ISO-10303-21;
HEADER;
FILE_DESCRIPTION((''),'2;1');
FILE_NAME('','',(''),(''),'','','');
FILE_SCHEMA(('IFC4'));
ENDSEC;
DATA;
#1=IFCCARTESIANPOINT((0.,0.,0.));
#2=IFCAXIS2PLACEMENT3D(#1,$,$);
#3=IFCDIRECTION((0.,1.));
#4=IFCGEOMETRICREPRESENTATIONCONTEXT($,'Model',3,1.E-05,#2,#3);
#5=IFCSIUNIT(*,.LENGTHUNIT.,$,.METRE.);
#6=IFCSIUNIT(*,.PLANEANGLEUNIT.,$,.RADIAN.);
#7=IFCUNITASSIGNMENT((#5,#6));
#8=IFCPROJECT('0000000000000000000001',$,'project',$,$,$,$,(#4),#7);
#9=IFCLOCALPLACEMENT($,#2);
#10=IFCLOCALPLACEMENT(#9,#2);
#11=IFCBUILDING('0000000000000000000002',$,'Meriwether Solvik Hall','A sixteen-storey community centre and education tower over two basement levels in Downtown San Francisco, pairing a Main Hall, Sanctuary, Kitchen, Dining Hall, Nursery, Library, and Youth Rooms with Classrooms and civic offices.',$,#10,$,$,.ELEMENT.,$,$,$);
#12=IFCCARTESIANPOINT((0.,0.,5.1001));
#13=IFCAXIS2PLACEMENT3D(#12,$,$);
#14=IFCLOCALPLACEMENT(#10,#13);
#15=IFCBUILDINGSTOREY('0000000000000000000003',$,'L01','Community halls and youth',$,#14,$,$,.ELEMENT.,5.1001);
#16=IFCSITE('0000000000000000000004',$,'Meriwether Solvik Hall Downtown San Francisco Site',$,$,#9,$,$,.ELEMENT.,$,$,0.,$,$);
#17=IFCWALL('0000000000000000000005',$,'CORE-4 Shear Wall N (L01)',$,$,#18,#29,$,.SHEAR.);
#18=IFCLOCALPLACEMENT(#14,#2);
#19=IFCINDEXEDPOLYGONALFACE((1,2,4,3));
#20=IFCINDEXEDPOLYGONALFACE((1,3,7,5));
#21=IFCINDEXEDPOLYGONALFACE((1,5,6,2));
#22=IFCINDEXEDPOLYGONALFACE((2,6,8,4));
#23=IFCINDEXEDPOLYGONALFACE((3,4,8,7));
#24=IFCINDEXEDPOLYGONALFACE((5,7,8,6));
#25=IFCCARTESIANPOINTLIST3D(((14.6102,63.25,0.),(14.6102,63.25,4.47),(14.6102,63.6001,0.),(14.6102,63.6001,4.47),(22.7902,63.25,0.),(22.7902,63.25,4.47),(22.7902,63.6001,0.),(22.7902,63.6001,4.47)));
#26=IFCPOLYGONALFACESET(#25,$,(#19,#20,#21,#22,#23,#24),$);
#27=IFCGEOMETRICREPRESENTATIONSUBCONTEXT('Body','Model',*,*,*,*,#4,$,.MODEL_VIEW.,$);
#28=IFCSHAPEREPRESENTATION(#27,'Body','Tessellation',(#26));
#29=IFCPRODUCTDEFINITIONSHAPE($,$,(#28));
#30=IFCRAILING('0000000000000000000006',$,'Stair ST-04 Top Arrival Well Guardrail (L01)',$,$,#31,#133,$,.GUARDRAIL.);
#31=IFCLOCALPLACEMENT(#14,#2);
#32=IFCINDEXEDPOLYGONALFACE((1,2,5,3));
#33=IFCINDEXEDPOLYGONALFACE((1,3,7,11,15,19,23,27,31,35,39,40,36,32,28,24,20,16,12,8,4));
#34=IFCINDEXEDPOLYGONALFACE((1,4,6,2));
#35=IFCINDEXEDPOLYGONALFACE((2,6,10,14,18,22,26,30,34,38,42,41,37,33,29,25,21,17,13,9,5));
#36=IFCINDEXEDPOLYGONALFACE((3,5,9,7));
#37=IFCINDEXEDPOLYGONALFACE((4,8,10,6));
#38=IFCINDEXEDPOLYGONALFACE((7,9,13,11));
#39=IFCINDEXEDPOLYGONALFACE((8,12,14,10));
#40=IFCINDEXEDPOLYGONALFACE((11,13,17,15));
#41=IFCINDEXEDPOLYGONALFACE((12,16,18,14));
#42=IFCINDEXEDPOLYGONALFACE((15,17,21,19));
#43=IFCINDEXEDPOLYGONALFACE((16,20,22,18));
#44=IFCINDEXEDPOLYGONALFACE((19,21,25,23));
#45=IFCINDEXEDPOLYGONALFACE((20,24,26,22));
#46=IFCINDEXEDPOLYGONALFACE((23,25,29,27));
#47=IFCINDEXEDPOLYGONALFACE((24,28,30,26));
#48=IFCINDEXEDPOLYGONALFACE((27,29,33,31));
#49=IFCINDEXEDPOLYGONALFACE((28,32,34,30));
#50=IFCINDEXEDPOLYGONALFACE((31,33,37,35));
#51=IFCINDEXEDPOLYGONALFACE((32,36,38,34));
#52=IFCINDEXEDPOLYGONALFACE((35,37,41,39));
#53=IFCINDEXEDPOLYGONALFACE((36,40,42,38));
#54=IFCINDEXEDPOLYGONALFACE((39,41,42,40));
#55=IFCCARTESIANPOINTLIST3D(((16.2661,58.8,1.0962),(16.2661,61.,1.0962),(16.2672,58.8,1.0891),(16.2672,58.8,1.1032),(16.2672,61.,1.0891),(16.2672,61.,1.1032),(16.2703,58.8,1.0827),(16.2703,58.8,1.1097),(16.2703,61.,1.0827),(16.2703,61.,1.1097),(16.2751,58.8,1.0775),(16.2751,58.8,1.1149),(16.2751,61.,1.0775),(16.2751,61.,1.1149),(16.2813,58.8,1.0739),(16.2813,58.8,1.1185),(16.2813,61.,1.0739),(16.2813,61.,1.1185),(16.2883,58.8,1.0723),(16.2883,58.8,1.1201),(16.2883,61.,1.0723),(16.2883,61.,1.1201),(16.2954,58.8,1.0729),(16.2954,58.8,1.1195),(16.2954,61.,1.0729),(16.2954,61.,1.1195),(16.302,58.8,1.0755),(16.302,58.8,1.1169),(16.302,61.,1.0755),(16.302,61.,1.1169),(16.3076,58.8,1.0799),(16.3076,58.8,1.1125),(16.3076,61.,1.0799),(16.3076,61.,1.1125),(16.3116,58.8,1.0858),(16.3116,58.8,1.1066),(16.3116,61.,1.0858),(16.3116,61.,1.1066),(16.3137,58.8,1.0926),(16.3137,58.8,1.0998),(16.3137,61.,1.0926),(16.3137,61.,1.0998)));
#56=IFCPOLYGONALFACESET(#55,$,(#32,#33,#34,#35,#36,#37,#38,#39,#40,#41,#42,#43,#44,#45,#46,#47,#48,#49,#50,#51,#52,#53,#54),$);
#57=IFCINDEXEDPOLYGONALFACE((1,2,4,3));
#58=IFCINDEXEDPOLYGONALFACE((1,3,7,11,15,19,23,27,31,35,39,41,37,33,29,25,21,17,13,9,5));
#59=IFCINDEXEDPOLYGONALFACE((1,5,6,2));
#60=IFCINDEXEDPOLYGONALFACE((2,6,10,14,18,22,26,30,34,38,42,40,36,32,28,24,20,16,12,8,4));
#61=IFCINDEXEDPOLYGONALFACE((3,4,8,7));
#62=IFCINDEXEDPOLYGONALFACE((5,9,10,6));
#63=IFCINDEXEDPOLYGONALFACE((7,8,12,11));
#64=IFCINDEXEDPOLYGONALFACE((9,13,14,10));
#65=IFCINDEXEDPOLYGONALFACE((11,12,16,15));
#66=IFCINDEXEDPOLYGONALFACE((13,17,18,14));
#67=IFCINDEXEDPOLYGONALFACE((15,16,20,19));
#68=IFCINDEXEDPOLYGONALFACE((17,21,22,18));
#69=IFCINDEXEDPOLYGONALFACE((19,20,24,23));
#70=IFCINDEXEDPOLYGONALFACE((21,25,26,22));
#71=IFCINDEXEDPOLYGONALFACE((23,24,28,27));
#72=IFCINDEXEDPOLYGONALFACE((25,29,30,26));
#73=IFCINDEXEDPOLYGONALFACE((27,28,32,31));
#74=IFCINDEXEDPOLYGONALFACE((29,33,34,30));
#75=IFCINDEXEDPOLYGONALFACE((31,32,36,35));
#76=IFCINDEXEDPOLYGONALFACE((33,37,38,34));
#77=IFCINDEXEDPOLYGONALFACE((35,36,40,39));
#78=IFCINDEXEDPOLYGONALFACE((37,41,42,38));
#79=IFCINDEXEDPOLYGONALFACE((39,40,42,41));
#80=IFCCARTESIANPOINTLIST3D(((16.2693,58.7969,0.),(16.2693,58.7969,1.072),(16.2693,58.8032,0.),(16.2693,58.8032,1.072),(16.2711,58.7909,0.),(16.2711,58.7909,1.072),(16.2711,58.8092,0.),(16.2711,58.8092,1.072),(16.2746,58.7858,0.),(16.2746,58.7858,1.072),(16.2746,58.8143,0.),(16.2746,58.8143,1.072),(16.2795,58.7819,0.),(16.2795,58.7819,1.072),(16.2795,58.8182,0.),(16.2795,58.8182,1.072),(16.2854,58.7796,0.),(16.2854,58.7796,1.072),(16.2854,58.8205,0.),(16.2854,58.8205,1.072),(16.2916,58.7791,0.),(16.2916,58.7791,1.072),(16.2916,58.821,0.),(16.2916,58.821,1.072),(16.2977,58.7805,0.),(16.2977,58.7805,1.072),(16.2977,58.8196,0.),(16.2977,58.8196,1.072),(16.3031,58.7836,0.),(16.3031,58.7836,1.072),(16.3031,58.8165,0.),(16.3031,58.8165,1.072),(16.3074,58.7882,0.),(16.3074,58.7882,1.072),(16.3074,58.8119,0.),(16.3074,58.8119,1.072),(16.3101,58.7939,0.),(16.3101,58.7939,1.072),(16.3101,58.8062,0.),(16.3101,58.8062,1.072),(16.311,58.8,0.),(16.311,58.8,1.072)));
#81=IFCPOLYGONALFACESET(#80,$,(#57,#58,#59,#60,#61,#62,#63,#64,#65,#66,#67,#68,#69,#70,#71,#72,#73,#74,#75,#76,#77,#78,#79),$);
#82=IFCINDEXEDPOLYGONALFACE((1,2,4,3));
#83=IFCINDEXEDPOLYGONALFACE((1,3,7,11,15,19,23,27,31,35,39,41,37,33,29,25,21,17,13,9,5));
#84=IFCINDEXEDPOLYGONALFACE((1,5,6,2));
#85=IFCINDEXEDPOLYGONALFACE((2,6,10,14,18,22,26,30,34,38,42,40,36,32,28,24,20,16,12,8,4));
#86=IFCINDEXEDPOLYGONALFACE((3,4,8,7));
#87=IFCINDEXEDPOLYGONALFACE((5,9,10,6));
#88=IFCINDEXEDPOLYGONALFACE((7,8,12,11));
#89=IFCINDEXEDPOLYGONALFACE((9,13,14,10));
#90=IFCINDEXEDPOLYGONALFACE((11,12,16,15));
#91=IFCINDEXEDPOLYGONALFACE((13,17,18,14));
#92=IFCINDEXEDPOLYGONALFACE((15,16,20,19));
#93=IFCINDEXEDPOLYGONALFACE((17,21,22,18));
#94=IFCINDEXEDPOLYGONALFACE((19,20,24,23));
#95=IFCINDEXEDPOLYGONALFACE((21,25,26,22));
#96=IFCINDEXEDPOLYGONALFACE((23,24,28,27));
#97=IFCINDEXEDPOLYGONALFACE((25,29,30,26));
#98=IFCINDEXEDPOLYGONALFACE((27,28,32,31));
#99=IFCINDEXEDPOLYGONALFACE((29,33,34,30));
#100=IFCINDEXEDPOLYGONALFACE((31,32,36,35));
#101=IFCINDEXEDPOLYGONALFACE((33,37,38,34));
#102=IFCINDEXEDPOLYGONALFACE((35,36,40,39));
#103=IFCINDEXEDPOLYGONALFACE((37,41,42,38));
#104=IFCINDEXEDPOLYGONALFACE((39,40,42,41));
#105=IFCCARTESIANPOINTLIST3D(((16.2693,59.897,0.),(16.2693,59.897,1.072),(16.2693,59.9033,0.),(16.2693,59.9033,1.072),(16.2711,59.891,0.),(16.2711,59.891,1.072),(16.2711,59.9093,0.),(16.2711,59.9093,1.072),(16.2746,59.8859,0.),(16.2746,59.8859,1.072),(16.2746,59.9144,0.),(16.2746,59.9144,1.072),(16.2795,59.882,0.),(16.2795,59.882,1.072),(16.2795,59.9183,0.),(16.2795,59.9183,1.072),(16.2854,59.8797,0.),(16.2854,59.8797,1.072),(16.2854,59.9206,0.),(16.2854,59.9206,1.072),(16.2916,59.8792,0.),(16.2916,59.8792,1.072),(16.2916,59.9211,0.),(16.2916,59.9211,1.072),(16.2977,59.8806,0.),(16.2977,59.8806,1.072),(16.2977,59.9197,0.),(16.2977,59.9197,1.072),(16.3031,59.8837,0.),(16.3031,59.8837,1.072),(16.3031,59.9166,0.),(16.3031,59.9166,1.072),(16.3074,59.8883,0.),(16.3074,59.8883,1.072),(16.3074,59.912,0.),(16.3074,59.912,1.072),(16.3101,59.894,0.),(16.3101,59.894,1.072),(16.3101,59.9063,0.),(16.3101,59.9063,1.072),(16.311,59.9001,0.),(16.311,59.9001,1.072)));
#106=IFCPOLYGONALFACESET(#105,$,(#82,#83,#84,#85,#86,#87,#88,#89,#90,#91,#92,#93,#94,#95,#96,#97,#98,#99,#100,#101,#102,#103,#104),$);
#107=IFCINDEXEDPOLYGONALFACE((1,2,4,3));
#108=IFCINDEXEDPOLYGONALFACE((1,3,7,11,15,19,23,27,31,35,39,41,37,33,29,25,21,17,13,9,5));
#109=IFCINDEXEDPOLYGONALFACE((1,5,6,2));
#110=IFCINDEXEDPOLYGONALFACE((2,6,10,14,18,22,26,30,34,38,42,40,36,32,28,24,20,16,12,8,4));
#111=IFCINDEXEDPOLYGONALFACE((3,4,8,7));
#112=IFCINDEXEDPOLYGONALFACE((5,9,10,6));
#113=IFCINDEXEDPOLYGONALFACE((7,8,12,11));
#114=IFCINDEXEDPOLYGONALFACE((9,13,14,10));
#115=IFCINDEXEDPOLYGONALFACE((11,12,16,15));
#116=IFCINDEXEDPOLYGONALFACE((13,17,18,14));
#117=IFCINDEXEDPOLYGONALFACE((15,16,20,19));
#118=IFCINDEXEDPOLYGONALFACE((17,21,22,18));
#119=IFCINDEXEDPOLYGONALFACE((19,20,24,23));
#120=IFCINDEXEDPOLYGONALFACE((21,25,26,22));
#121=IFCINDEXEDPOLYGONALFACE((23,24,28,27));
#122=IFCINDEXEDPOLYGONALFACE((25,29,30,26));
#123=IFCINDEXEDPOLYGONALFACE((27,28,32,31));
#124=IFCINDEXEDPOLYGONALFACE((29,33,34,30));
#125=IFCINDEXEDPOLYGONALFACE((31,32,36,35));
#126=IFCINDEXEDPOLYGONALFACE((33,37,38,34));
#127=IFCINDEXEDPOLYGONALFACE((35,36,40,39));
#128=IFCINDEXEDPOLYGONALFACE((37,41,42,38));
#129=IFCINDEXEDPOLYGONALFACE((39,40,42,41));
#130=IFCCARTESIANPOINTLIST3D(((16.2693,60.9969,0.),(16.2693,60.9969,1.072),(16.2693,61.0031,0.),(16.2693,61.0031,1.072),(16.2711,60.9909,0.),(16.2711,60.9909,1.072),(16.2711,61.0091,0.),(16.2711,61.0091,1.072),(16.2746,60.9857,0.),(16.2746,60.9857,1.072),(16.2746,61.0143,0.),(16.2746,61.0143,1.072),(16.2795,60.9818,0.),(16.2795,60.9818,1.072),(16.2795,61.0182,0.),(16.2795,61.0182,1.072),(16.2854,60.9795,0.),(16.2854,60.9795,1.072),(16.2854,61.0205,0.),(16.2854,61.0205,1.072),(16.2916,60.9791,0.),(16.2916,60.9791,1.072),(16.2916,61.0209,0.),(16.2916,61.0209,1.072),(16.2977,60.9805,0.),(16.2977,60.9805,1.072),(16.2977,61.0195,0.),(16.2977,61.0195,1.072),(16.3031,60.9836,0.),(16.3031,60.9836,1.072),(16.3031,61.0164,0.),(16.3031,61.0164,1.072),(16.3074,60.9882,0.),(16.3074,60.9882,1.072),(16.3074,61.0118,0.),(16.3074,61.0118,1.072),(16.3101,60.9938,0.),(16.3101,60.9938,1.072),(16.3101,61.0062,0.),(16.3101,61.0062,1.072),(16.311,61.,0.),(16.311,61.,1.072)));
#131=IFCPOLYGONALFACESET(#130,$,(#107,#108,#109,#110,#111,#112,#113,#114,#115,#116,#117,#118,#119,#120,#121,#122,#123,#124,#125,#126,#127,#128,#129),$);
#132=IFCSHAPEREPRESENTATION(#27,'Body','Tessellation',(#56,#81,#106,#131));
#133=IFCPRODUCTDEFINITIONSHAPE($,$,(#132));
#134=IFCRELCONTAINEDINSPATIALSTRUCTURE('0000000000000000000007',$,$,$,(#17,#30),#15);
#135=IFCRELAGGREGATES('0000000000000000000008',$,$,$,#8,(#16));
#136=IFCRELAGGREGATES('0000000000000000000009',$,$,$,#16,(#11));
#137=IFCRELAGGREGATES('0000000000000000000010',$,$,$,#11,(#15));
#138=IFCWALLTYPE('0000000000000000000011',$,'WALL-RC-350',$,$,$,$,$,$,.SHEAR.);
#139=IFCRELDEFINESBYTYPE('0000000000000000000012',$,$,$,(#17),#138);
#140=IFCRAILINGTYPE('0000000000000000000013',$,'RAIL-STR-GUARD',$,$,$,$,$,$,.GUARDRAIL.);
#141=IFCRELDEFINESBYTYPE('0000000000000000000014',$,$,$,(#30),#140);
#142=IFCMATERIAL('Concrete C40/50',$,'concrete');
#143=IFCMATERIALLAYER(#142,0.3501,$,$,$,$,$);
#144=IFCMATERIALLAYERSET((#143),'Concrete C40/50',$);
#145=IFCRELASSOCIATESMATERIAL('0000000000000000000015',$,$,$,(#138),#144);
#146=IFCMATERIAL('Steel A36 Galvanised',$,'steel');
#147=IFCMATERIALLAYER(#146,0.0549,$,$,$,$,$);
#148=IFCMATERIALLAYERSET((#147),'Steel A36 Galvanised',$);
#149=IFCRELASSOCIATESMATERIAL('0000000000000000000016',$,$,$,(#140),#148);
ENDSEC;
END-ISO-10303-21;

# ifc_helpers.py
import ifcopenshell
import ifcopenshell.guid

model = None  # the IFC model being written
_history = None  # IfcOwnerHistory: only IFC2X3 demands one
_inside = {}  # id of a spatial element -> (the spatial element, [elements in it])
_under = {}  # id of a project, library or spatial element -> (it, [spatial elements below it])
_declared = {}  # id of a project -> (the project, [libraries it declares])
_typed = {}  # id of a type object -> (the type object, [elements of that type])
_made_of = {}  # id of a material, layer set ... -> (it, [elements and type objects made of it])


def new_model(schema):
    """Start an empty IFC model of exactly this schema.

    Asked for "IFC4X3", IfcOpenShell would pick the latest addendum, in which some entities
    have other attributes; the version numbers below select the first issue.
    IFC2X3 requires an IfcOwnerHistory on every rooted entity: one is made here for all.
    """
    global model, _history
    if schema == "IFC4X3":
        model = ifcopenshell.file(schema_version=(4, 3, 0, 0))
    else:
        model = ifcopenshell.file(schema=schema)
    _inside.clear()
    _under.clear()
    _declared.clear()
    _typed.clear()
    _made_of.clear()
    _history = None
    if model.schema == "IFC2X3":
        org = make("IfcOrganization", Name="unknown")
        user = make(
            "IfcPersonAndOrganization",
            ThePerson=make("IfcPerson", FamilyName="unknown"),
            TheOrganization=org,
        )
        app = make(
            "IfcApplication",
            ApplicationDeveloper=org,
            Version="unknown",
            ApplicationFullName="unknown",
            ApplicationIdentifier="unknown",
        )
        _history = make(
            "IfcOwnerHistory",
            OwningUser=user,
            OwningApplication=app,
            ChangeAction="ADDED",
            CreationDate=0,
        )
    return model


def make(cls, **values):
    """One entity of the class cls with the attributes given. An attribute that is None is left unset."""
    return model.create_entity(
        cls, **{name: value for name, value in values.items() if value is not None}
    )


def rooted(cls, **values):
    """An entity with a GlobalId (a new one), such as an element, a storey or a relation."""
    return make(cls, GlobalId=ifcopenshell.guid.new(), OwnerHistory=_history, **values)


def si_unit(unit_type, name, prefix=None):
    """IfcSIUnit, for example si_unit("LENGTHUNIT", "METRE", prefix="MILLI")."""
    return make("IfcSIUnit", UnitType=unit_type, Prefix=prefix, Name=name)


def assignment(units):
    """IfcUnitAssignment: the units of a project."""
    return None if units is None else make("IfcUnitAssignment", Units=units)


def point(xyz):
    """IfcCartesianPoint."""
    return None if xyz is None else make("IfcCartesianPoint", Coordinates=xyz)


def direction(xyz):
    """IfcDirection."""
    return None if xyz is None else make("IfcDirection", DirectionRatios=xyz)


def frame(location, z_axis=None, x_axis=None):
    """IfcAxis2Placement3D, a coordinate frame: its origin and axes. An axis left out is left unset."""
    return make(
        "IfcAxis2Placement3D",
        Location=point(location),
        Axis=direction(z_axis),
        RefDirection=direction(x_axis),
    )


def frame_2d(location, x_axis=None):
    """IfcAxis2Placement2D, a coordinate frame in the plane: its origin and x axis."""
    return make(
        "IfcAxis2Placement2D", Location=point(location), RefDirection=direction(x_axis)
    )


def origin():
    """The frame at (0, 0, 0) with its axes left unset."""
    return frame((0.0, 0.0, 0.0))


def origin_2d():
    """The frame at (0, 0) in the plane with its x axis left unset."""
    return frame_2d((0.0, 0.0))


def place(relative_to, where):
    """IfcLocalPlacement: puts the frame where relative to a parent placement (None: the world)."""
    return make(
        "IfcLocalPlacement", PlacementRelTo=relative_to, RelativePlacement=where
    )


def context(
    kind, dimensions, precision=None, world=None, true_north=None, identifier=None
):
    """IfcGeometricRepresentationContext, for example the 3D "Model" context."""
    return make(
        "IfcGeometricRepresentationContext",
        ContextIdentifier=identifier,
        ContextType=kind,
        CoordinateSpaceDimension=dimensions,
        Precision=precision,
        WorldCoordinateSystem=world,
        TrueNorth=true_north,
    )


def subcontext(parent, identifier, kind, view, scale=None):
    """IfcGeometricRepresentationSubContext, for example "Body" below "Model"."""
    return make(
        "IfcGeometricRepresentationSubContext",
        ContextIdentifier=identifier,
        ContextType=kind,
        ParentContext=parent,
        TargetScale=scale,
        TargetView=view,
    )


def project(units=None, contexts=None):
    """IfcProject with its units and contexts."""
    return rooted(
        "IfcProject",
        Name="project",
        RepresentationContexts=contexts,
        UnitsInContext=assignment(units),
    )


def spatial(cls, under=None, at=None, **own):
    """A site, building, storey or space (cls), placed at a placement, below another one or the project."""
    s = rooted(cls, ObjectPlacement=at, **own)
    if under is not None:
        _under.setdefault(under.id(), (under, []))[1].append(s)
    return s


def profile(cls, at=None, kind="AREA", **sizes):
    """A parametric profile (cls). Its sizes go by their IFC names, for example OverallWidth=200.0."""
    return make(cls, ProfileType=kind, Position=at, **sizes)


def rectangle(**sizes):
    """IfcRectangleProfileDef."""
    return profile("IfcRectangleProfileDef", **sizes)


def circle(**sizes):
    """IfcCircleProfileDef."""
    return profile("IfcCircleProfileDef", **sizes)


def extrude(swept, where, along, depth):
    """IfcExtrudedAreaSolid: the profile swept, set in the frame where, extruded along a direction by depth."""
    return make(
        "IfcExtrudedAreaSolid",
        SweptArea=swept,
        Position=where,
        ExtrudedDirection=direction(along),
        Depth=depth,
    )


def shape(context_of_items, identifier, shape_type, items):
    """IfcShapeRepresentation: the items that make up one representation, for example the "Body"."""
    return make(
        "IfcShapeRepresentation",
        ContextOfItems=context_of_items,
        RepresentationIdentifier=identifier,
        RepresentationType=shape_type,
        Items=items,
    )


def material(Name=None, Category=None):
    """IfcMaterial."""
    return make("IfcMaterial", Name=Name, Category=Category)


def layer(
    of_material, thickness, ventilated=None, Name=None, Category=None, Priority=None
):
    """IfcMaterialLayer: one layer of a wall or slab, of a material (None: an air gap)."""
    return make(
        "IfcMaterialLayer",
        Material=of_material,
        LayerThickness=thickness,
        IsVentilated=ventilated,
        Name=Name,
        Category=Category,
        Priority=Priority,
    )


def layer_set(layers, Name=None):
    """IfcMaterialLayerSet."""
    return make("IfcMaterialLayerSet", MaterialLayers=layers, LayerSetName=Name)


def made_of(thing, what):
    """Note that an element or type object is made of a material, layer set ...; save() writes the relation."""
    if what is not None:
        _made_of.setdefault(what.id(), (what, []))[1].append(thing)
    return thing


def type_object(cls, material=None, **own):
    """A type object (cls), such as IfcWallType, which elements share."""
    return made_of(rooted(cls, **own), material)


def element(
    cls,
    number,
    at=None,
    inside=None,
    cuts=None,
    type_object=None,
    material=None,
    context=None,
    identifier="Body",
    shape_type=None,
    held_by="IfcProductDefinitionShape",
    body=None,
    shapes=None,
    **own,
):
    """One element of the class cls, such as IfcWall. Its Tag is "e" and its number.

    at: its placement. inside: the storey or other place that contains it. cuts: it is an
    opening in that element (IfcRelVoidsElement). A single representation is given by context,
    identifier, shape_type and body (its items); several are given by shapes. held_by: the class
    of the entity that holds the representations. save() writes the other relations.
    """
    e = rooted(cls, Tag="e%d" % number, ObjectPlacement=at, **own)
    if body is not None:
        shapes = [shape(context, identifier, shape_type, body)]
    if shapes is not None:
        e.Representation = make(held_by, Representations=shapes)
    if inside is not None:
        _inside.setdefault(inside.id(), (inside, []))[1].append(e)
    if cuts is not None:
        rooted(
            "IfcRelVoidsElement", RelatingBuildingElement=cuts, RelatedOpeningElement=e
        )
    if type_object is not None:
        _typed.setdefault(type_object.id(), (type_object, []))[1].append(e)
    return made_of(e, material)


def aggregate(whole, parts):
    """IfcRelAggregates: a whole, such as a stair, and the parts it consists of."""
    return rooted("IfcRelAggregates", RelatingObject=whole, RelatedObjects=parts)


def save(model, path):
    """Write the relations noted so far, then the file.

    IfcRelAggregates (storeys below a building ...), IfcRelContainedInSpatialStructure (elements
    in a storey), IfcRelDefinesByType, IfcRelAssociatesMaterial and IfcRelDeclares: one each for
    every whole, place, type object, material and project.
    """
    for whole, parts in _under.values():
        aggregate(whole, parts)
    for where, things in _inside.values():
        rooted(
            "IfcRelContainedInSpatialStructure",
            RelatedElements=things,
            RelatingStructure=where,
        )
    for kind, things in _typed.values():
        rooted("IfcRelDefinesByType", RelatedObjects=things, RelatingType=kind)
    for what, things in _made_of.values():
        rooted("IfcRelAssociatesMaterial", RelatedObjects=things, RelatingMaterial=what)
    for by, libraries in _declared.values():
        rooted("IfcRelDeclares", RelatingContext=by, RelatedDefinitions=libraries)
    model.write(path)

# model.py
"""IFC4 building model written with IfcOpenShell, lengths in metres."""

from ifc_helpers import new_model, si_unit, direction, frame, frame_2d, origin, origin_2d, place, context, subcontext, project, spatial, rectangle, circle, extrude, material, layer, layer_set, type_object, element, save


model = new_model("IFC4")

# Units and contexts
model_context = context("Model", 3, precision=1e-05, world=origin(), true_north=direction((0.0, 1.0)))
body_context = subcontext(model_context, "Body", "Model", "MODEL_VIEW")
ifc_project = project(units=[si_unit("LENGTHUNIT", "METRE"), si_unit("PLANEANGLEUNIT", "RADIAN")], contexts=[model_context])

# Site, building, storey
site_placement = place(None, origin())
site = spatial("IfcSite", under=ifc_project, at=site_placement, Name="Meriwether Solvik Hall Downtown San Francisco Site", CompositionType="ELEMENT", RefElevation=0.0)
building_placement = place(site_placement, origin())
building = spatial("IfcBuilding", under=site, at=building_placement, Name="Meriwether Solvik Hall", Description="A sixteen-storey community centre and education tower over two basement levels in Downtown San Francisco, pairing a Main Hall, Sanctuary, Kitchen, Dining Hall, Nursery, Library, and Youth Rooms with Classrooms and civic offices.", CompositionType="ELEMENT")
storey_placement = place(building_placement, frame((0.0, 0.0, 5.1001)))
storey = spatial("IfcBuildingStorey", under=building, at=storey_placement, Name="L01", Description="Community halls and youth", CompositionType="ELEMENT", Elevation=5.1001)

# Shared definitions
ifc_material_1 = material(Name="Concrete C40/50", Category="concrete")
ifc_layer_1 = layer(ifc_material_1, 0.3501)
ifc_layer_set_1 = layer_set([ifc_layer_1], Name="Concrete C40/50")
wall_type_1 = type_object("IfcWallType", Name="WALL-RC-350", PredefinedType="SHEAR", material=ifc_layer_set_1)

# Wall
for number, where, z_axis, x_axis, name in (
    (1, (22.79, 63.425, 0.0), (0.0, 0.0, 1.0), (-1.0, 0.0, 0.0), "CORE-4 Shear Wall N (L01)"),
):
    element("IfcWall", number, at=place(storey_placement, frame(where, z_axis=z_axis, x_axis=x_axis)), inside=storey, type_object=wall_type_1, Name=name, PredefinedType="SHEAR", context=body_context, shape_type="SweptSolid", body=[
        extrude(rectangle(XDim=8.1799, YDim=0.3501, at=frame_2d((4.0898, 0.0))), origin(), (0.0, 0.0, 1.0), 4.47),
    ])

# Railing
ifc_material_2 = material(Name="Steel A36 Galvanised", Category="steel")
ifc_layer_2 = layer(ifc_material_2, 0.0549)
ifc_layer_set_2 = layer_set([ifc_layer_2], Name="Steel A36 Galvanised")
railing_type = type_object("IfcRailingType", Name="RAIL-STR-GUARD", PredefinedType="GUARDRAIL", material=ifc_layer_set_2)
railing_placement = place(storey_placement, frame((16.29, 58.8, 0.0)))
element("IfcRailing", 2, at=railing_placement, inside=storey, type_object=railing_type, Name="Stair ST-04 Top Arrival Well Guardrail (L01)", PredefinedType="GUARDRAIL", context=body_context, shape_type="SweptSolid", body=[
    extrude(circle(Radius=0.0239, at=origin_2d()), frame((0.0, 0.0, 1.0962), z_axis=(0.0, 1.0, 0.0), x_axis=(-1.0, 0.0, 0.0)), (0.0, 0.0, 1.0), 2.2),
    extrude(circle(Radius=0.021, at=origin_2d()), origin(), (0.0, 0.0, 1.0), 1.072),
    extrude(circle(Radius=0.021, at=origin_2d()), frame((0.0, 1.1001, 0.0)), (0.0, 0.0, 1.0), 1.072),
    extrude(circle(Radius=0.021, at=origin_2d()), frame((0.0, 2.2, 0.0)), (0.0, 0.0, 1.0), 1.072),
])

save(model, "model.ifc")
